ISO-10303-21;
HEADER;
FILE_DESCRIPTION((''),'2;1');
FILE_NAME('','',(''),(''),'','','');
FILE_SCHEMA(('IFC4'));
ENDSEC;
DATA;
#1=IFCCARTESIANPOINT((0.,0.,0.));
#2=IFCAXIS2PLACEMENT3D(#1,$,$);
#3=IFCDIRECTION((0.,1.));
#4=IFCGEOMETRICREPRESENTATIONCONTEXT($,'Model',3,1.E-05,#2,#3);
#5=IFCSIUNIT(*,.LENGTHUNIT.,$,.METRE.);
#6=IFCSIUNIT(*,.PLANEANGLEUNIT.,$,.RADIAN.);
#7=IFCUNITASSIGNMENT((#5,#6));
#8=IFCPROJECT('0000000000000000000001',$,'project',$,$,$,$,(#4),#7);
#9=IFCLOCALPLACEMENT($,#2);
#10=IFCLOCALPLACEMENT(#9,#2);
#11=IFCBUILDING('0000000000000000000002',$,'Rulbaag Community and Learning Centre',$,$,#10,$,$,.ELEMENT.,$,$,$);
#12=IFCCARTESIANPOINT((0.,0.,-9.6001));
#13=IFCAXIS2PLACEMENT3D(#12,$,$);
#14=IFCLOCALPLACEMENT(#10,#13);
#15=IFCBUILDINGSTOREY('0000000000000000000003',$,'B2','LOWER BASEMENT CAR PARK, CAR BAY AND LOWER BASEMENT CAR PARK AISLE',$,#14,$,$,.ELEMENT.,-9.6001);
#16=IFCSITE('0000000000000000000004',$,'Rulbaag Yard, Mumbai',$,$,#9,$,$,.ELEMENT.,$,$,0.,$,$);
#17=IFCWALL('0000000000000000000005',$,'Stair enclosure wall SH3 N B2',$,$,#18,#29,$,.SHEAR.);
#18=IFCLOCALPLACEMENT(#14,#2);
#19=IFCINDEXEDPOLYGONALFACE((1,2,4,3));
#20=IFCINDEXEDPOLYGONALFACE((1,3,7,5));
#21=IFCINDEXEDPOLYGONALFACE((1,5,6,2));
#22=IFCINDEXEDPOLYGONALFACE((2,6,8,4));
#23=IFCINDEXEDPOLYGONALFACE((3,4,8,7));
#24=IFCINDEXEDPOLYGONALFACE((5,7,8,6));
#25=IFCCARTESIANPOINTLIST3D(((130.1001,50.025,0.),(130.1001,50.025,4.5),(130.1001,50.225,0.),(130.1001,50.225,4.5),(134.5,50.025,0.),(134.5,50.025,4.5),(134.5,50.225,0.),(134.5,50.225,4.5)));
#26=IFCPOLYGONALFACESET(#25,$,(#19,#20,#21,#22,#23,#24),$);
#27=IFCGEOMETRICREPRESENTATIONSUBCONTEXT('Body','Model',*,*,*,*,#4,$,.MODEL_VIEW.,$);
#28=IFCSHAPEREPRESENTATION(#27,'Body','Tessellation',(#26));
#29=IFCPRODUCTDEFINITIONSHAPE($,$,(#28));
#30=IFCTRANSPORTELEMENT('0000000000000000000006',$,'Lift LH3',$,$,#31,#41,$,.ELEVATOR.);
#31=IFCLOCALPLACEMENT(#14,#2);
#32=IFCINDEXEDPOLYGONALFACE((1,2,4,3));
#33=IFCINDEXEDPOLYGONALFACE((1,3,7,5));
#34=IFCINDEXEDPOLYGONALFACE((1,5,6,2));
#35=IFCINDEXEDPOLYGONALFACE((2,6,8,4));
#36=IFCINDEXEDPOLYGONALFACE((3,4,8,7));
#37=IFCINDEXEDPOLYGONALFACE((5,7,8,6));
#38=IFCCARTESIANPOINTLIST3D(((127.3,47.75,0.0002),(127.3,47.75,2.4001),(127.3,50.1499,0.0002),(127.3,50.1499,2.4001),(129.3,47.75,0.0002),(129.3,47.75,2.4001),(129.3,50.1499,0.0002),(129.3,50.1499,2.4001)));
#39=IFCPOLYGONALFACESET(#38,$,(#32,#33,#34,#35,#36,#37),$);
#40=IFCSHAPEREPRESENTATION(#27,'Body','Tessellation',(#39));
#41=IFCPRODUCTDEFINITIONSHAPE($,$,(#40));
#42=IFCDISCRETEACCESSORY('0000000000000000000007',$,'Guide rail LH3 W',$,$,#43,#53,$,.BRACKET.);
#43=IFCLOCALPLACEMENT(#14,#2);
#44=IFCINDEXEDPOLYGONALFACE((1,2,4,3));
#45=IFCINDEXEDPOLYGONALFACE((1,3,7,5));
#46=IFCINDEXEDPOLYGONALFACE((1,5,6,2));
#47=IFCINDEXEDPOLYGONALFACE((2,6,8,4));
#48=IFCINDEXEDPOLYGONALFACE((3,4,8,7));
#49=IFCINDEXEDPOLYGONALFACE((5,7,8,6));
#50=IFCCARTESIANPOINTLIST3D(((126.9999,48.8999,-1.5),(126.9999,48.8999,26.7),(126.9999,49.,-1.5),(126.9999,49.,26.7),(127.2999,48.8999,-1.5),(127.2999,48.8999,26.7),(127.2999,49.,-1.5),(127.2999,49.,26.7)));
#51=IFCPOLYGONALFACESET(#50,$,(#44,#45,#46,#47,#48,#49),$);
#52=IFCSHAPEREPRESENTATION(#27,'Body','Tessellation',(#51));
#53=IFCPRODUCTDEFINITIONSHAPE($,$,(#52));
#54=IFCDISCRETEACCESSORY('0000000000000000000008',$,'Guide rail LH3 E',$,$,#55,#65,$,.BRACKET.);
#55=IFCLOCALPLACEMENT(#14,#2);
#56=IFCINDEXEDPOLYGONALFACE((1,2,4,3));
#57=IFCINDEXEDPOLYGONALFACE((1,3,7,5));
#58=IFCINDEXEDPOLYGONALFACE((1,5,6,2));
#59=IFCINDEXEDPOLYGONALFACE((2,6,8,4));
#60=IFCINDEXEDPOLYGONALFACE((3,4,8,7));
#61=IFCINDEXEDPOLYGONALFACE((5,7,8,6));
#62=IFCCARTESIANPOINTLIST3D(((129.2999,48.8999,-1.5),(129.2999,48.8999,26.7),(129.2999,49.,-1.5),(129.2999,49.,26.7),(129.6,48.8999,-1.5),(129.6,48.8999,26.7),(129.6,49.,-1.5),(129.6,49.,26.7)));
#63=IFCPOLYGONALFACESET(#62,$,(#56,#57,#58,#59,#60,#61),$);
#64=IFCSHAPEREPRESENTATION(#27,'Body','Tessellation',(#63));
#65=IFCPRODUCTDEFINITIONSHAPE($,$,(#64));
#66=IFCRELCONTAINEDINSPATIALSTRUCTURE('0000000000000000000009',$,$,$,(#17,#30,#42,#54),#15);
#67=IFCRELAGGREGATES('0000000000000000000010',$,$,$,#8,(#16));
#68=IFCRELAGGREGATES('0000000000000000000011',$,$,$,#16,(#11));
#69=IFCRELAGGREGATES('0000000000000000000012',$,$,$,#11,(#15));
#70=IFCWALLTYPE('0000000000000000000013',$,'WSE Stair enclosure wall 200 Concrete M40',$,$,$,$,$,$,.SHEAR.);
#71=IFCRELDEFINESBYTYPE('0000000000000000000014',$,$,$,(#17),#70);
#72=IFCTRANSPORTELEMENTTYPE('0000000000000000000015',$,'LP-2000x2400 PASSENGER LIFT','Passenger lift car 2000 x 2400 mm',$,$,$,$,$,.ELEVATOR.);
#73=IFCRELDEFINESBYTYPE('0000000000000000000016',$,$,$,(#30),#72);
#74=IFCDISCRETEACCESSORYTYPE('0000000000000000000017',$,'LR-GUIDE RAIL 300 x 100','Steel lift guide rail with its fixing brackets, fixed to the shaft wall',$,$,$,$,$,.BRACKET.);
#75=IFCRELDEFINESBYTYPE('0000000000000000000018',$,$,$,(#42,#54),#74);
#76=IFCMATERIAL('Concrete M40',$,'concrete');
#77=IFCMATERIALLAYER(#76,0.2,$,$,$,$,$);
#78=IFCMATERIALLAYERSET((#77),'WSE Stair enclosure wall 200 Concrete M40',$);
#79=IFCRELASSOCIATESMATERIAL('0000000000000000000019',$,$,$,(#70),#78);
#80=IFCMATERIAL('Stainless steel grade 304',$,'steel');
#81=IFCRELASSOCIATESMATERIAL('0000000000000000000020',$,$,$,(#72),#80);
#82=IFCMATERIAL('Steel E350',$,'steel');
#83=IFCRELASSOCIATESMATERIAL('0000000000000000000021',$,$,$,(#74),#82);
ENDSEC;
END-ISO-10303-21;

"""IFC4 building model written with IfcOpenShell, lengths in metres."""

from ifc_helpers import new_model, si_unit, direction, frame, frame_2d, origin, origin_2d, place, context, subcontext, project, spatial, rectangle, extrude, material, layer, layer_set, type_object, element, save


model = new_model("IFC4")

# Units and contexts
model_context = context("Model", 3, precision=1e-05, world=origin(), true_north=direction((0.0, 1.0)))
body_context = subcontext(model_context, "Body", "Model", "MODEL_VIEW")
ifc_project = project(units=[si_unit("LENGTHUNIT", "METRE"), si_unit("PLANEANGLEUNIT", "RADIAN")], contexts=[model_context])

# Site, building, storey
site_placement = place(None, origin())
site = spatial("IfcSite", under=ifc_project, at=site_placement, Name="Rulbaag Yard, Mumbai", CompositionType="ELEMENT", RefElevation=0.0)
building_placement = place(site_placement, origin())
building = spatial("IfcBuilding", under=site, at=building_placement, Name="Rulbaag Community and Learning Centre", CompositionType="ELEMENT")
storey_placement = place(building_placement, frame((0.0, 0.0, -9.6001)))
storey = spatial("IfcBuildingStorey", under=building, at=storey_placement, Name="B2", Description="LOWER BASEMENT CAR PARK, CAR BAY AND LOWER BASEMENT CAR PARK AISLE", CompositionType="ELEMENT", Elevation=-9.6001)

# Shared definitions
ifc_material_1 = material(Name="Concrete M40", Category="concrete")
ifc_material_2 = material(Name="Stainless steel grade 304", Category="steel")

# Wall
ifc_layer_1 = layer(ifc_material_1, 0.2)
ifc_layer_set_1 = layer_set([ifc_layer_1], Name="WSE Stair enclosure wall 200 Concrete M40")
wall_type_1 = type_object("IfcWallType", Name="WSE Stair enclosure wall 200 Concrete M40", PredefinedType="SHEAR", material=ifc_layer_set_1)
wall_1_placement = place(storey_placement, frame((130.1001, 50.125, 0.0), z_axis=(0.0, 0.0, 1.0), x_axis=(1.0, 0.0, 0.0)))
element("IfcWall", 1, at=wall_1_placement, inside=storey, type_object=wall_type_1, Name="Stair enclosure wall SH3 N B2", PredefinedType="SHEAR", context=body_context, shape_type="SweptSolid", body=[
    extrude(rectangle(XDim=4.3999, YDim=0.2, at=frame_2d((2.2, 0.0))), origin(), (0.0, 0.0, 1.0), 4.5),
])

# Transport element
transport_element_type = type_object("IfcTransportElementType", Name="LP-2000x2400 PASSENGER LIFT", Description="Passenger lift car 2000 x 2400 mm", PredefinedType="ELEVATOR", material=ifc_material_2)
transport_element_placement = place(storey_placement, frame((128.3, 48.95, 0.0002), z_axis=(0.0, 0.0, 1.0), x_axis=(1.0, 0.0, 0.0)))
element("IfcTransportElement", 2, at=transport_element_placement, inside=storey, type_object=transport_element_type, Name="Lift LH3", PredefinedType="ELEVATOR", context=body_context, shape_type="SweptSolid", body=[
    extrude(rectangle(XDim=2.0, YDim=2.3999, at=origin_2d()), origin(), (0.0, 0.0, 1.0), 2.3999),
])

# Discrete accessories
ifc_material_3 = material(Name="Steel E350", Category="steel")
discrete_accessory_type = type_object("IfcDiscreteAccessoryType", Name="LR-GUIDE RAIL 300 x 100", Description="Steel lift guide rail with its fixing brackets, fixed to the shaft wall", PredefinedType="BRACKET", material=ifc_material_3)
for number, where, z_axis, x_axis, name in (
    (3, (127.1499, 48.95, -1.5), (0.0, 0.0, 1.0), (1.0, 0.0, 0.0), "Guide rail LH3 W"),
    (4, (129.45, 48.95, -1.5), (0.0, 0.0, 1.0), (1.0, 0.0, 0.0), "Guide rail LH3 E"),
):
    element("IfcDiscreteAccessory", number, at=place(storey_placement, frame(where, z_axis=z_axis, x_axis=x_axis)), inside=storey, type_object=discrete_accessory_type, Name=name, PredefinedType="BRACKET", context=body_context, shape_type="SweptSolid", body=[
        extrude(rectangle(XDim=0.3, YDim=0.1001, at=origin_2d()), origin(), (0.0, 0.0, 1.0), 28.2),
    ])

save(model, "model.ifc")
